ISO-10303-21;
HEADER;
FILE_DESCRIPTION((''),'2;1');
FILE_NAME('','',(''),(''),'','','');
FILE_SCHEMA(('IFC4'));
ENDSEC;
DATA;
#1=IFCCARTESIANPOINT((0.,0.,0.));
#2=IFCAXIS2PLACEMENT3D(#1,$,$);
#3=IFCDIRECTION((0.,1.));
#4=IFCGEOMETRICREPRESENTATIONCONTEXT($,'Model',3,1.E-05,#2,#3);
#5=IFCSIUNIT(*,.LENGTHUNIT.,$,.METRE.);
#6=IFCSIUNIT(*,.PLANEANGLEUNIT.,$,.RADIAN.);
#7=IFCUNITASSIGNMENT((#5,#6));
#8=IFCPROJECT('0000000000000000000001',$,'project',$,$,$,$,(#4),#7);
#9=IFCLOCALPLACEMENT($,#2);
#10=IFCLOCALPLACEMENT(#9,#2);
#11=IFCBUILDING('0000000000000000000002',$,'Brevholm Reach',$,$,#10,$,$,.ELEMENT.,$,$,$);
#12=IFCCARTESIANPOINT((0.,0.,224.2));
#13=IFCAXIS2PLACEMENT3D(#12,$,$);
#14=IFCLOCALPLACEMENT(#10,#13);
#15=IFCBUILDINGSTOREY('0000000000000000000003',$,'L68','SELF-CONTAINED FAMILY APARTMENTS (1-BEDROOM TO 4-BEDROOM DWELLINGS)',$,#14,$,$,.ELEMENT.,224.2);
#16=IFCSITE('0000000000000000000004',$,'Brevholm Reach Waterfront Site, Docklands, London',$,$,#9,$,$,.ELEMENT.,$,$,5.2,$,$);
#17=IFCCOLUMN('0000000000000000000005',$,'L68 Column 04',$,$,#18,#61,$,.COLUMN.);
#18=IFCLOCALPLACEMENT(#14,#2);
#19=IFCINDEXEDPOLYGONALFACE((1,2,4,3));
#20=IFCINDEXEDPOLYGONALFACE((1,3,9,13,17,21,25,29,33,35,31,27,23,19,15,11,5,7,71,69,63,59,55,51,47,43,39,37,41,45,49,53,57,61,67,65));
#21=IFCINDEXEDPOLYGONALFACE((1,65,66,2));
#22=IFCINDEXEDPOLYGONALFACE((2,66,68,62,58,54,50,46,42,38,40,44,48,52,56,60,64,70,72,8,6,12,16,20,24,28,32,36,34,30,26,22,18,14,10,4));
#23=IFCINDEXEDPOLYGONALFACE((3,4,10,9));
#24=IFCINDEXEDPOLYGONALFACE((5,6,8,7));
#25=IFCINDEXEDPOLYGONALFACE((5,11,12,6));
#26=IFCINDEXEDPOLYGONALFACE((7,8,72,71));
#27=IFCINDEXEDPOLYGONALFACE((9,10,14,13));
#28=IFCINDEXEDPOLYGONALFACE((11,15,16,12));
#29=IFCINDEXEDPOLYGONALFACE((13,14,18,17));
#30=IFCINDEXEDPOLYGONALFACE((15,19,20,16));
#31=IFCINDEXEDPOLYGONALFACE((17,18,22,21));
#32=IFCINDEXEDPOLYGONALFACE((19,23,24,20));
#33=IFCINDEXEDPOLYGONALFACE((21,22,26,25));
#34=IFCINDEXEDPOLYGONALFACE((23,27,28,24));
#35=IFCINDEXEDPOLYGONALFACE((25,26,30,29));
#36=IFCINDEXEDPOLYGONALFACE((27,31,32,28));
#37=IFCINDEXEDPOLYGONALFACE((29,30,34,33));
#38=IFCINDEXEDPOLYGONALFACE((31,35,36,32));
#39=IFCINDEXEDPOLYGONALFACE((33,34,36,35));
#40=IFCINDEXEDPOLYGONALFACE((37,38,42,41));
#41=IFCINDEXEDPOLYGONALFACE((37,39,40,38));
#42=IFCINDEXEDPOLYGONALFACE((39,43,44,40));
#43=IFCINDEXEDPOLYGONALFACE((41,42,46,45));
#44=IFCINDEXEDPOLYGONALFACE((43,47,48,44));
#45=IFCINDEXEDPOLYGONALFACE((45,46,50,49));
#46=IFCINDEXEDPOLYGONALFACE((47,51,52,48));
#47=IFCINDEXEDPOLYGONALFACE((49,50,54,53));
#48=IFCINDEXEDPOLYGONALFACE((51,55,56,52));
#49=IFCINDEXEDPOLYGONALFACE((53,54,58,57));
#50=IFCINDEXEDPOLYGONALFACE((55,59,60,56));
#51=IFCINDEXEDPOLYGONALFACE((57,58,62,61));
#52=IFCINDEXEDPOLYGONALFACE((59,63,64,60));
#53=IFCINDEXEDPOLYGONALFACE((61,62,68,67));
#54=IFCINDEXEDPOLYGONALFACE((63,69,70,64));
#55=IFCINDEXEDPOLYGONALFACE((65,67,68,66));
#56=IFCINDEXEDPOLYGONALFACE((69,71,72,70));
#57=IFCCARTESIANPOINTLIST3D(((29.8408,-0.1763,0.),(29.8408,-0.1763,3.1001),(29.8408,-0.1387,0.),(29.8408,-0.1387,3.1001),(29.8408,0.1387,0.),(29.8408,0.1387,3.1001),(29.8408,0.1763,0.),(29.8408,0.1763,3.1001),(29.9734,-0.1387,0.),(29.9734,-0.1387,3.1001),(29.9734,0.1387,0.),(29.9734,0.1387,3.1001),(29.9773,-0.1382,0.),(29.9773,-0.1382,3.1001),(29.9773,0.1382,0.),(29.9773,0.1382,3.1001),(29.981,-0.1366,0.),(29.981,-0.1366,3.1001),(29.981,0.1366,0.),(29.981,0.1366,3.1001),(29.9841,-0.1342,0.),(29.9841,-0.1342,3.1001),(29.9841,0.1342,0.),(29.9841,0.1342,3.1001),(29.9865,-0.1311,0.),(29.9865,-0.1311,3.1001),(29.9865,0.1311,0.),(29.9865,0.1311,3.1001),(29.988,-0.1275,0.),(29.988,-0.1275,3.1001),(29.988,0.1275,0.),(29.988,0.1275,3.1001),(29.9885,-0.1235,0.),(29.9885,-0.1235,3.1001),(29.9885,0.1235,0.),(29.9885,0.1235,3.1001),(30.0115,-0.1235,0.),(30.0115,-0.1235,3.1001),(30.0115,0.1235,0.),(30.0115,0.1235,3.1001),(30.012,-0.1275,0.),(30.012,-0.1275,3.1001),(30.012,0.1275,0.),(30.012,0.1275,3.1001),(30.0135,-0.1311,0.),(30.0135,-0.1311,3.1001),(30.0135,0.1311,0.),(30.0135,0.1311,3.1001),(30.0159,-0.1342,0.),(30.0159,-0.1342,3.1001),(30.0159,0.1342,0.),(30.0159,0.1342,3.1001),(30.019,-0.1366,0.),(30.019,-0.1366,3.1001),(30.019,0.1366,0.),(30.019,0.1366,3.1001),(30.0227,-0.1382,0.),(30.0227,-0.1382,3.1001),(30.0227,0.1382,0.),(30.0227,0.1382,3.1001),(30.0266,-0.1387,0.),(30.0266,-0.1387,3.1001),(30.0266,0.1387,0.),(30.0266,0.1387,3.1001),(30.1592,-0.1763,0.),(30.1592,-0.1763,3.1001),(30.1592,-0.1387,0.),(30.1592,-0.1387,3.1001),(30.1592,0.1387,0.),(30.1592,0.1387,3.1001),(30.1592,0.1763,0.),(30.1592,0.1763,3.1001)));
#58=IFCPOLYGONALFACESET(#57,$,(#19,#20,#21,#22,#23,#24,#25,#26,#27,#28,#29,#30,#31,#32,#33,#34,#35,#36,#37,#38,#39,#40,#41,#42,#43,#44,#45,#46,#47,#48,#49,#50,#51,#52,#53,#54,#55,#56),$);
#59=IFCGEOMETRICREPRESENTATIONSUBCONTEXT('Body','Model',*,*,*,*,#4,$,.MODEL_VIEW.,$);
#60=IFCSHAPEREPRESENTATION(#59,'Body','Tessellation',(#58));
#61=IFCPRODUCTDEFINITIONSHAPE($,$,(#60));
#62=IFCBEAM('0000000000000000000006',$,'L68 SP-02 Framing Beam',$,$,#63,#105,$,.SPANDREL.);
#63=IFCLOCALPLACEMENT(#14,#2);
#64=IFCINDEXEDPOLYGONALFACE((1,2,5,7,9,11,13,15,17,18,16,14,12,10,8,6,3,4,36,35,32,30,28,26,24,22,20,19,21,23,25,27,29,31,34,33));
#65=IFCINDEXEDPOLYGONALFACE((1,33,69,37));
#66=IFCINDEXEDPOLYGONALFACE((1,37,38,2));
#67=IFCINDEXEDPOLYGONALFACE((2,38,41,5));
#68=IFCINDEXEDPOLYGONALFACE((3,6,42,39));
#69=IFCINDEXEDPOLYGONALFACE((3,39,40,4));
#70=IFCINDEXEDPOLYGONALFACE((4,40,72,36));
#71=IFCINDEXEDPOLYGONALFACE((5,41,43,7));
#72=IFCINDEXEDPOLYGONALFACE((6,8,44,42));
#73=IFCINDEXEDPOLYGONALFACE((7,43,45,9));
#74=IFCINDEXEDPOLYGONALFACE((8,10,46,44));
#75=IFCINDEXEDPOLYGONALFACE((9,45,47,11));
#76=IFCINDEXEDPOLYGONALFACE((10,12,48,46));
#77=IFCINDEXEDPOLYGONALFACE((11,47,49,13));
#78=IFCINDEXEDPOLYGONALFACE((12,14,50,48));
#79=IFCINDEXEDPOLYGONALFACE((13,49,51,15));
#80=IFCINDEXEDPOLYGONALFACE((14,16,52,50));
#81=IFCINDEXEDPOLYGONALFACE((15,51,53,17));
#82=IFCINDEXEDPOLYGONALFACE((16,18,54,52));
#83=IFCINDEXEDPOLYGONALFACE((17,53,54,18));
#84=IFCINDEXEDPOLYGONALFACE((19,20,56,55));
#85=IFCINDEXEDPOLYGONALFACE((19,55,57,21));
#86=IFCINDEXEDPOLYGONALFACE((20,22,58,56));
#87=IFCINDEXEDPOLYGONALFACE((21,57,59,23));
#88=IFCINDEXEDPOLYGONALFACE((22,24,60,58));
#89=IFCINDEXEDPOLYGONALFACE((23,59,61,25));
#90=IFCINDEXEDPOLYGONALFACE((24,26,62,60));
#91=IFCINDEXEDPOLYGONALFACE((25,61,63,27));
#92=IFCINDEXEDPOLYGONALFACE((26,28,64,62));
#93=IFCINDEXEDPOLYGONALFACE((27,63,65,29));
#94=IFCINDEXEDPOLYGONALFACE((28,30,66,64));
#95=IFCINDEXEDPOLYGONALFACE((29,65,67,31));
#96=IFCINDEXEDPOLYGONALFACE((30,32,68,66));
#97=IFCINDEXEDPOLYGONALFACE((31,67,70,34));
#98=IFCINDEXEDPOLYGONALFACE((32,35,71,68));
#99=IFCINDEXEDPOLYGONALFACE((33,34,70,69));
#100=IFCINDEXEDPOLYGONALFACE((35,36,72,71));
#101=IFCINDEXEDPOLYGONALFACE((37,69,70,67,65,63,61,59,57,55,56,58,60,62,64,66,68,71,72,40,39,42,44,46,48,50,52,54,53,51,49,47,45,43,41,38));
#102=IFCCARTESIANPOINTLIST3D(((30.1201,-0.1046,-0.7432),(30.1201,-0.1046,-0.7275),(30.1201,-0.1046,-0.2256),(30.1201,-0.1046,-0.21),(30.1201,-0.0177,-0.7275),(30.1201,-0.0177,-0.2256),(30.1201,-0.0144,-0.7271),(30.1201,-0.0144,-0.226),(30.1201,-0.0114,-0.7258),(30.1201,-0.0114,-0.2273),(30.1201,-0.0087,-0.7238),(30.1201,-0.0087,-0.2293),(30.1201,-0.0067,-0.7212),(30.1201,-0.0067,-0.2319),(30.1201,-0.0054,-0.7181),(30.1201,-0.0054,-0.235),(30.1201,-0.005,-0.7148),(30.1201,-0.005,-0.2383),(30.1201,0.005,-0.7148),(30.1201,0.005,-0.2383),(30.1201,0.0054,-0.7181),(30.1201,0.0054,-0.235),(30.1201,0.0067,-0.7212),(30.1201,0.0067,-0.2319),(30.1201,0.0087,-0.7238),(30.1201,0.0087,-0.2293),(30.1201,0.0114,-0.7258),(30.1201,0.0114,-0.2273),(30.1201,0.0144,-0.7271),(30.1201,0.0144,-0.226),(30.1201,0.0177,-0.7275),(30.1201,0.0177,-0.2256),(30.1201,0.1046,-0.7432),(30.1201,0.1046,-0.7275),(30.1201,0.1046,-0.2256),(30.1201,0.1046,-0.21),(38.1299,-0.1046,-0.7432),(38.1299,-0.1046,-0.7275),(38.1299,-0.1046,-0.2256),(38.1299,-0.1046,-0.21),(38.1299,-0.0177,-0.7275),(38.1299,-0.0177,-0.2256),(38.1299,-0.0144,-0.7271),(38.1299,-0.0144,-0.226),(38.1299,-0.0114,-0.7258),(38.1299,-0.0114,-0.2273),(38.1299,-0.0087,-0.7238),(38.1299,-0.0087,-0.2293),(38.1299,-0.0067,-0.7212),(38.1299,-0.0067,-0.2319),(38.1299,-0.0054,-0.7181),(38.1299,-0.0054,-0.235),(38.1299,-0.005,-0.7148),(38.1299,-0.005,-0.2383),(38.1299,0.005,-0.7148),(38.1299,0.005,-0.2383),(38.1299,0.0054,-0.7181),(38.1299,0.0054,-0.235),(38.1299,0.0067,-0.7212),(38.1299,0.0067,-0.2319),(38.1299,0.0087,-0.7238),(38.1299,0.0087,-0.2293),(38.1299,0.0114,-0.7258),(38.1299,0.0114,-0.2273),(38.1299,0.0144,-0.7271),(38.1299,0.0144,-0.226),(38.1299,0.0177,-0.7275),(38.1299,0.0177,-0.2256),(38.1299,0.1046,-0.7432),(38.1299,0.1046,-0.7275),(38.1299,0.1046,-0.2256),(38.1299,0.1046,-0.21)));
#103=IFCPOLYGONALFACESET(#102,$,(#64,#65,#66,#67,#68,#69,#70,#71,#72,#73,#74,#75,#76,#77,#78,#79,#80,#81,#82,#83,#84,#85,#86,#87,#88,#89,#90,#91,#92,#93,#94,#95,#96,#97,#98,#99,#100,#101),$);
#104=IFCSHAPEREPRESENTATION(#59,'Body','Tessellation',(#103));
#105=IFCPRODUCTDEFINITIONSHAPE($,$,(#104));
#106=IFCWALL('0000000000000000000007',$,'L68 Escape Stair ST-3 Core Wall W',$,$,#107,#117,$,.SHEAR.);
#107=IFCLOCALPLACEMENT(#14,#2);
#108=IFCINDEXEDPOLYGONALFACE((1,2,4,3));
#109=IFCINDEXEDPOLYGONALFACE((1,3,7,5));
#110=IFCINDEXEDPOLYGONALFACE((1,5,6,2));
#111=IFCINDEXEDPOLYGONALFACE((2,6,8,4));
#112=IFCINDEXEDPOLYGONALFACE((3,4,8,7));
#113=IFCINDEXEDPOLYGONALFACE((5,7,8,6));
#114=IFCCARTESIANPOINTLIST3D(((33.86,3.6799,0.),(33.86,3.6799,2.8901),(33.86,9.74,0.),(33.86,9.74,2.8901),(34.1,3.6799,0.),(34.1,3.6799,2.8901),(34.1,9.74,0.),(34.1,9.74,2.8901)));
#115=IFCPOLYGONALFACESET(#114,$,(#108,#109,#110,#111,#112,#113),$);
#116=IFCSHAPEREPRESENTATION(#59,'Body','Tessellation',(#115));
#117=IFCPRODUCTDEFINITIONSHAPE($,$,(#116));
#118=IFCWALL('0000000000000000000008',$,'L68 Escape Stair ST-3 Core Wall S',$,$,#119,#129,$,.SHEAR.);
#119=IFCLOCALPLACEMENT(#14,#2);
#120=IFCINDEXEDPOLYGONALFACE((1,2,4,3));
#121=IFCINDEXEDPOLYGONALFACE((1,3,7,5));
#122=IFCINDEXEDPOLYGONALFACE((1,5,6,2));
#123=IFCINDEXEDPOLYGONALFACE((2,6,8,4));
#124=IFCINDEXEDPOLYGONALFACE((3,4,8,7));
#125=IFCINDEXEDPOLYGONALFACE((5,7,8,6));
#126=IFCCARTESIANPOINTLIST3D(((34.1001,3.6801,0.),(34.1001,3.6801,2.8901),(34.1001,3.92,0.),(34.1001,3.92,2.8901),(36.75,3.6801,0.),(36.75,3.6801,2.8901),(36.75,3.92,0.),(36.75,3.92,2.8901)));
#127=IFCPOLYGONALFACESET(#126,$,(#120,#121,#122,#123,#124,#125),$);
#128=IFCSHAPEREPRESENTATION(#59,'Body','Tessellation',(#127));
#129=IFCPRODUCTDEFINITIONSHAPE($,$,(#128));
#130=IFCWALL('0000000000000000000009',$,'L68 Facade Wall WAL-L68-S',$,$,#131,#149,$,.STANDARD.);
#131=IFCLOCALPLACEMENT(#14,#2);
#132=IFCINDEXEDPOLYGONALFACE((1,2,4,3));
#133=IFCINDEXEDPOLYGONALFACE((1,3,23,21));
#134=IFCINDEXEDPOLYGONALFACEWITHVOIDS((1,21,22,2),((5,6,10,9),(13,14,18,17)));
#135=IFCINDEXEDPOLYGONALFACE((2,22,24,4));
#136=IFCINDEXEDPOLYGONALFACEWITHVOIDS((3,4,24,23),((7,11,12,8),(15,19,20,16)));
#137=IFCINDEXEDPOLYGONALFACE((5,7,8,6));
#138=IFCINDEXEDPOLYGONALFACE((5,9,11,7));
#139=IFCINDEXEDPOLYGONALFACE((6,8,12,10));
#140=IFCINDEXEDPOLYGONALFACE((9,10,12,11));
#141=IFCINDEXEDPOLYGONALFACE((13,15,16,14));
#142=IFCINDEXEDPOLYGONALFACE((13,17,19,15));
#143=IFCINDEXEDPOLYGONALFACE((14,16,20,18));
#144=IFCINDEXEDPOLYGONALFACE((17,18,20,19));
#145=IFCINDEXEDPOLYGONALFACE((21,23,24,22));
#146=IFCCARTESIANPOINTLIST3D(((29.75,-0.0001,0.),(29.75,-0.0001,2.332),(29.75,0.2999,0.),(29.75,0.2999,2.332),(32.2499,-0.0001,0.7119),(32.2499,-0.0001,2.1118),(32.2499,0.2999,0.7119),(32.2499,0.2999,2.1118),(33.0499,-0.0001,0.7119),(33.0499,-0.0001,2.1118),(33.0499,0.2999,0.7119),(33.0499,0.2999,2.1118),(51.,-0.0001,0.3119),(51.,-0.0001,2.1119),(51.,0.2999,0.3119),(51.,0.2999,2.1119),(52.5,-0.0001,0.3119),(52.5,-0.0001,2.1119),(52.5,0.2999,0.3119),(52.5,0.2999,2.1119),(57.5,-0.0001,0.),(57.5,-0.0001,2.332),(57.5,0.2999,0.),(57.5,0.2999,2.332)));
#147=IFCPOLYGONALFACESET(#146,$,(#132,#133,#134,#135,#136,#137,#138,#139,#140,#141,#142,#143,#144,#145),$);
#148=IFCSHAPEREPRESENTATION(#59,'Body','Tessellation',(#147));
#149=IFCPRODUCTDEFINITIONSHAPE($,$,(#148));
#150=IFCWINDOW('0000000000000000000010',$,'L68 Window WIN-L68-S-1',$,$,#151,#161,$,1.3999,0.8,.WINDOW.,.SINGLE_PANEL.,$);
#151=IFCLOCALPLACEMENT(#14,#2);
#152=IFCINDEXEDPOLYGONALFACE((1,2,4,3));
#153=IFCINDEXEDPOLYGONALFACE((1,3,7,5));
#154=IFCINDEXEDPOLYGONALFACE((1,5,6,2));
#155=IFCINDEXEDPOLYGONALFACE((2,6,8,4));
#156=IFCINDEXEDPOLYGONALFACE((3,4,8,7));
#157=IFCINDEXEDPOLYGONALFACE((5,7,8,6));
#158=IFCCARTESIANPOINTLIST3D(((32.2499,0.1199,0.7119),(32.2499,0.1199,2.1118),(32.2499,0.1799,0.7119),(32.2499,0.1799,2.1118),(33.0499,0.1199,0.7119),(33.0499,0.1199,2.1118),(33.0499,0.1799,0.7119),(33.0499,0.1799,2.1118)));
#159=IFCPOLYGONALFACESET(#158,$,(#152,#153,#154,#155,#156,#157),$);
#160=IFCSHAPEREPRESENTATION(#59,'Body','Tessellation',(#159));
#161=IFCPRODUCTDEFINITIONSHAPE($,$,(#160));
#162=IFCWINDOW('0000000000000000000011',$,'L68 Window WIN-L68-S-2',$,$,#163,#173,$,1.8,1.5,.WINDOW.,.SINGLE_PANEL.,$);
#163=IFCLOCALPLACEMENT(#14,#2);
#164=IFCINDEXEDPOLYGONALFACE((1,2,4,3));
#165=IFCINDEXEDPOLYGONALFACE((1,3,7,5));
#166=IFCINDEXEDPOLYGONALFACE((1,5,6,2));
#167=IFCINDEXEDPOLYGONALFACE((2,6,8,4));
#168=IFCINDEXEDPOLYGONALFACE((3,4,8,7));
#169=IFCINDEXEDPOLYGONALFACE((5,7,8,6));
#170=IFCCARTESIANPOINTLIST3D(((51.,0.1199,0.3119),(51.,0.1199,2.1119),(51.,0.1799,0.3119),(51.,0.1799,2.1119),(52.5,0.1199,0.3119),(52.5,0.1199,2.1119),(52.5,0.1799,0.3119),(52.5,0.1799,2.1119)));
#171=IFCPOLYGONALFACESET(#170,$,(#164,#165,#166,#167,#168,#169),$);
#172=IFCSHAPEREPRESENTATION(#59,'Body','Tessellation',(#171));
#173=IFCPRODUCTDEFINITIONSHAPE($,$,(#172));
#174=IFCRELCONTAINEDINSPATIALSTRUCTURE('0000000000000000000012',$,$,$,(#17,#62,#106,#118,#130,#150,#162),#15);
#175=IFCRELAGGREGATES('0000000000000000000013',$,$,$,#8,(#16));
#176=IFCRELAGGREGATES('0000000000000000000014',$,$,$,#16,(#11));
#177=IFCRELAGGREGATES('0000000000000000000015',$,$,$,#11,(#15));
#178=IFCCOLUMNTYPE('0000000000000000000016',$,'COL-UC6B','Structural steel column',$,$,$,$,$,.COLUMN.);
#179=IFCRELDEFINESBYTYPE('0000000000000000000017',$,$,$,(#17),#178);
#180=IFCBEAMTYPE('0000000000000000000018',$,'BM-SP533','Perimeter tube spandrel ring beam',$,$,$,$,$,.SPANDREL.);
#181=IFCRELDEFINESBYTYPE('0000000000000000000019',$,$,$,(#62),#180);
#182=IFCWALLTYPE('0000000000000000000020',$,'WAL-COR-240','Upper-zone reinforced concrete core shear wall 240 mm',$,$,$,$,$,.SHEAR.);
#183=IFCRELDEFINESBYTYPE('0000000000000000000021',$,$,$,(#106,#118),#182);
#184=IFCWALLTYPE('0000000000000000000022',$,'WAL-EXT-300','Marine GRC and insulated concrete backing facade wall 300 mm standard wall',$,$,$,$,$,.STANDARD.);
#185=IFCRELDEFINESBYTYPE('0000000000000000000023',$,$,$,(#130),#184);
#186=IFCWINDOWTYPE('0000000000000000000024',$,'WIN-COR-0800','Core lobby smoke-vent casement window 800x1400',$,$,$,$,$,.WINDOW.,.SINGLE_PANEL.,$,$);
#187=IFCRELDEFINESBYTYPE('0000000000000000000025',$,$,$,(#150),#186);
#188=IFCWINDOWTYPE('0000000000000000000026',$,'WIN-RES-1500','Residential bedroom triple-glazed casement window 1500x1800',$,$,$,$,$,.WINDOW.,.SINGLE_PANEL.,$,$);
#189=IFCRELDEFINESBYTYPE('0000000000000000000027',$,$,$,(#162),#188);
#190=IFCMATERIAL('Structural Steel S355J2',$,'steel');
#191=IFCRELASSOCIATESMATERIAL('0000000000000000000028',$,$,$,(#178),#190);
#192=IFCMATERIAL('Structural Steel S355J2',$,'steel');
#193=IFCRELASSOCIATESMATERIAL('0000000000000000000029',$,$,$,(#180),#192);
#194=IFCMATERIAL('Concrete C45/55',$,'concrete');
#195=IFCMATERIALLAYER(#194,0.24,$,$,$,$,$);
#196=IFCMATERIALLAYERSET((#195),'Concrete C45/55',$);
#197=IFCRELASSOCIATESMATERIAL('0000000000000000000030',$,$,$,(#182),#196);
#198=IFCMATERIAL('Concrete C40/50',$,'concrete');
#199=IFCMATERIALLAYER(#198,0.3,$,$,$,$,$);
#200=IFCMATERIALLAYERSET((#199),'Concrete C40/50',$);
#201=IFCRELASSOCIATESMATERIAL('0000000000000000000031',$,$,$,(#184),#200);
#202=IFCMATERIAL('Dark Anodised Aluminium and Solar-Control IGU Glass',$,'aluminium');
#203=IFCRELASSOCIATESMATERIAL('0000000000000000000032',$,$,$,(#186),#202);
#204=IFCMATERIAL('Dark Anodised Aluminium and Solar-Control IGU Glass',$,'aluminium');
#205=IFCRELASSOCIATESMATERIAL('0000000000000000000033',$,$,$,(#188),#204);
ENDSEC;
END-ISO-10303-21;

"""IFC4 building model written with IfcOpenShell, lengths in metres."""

from ifc_helpers import new_model, si_unit, direction, frame, frame_2d, origin, origin_2d, place, context, subcontext, project, spatial, rectangle, i_section, extrude, material, layer, layer_set, material_profile, profile_set, type_object, element, fill, save


model = new_model("IFC4")

# Units and contexts
model_context = context("Model", 3, precision=1e-05, world=origin(), true_north=direction((0.0, 1.0)))
body_context = subcontext(model_context, "Body", "Model", "MODEL_VIEW")
ifc_project = project(units=[si_unit("LENGTHUNIT", "METRE"), si_unit("PLANEANGLEUNIT", "RADIAN")], contexts=[model_context])

# Site, building, storey
site_placement = place(None, origin())
site = spatial("IfcSite", under=ifc_project, at=site_placement, Name="Brevholm Reach Waterfront Site, Docklands, London", CompositionType="ELEMENT", RefElevation=5.2)
building_placement = place(site_placement, origin())
building = spatial("IfcBuilding", under=site, at=building_placement, Name="Brevholm Reach", CompositionType="ELEMENT")
storey_placement = place(building_placement, frame((0.0, 0.0, 224.2)))
storey = spatial("IfcBuildingStorey", under=building, at=storey_placement, Name="L68", Description="SELF-CONTAINED FAMILY APARTMENTS (1-BEDROOM TO 4-BEDROOM DWELLINGS)", CompositionType="ELEMENT", Elevation=224.2)

# Column
ifc_material_1 = material(Name="Structural Steel S355J2", Category="steel")
ifc_material_profile_1 = material_profile(ifc_material_1, i_section(OverallWidth=0.3184, OverallDepth=0.3525, WebThickness=0.0229, FlangeThickness=0.0376, FilletRadius=0.0151, at=origin_2d()), Name="UKC 305x305x240")
ifc_profile_set_1 = profile_set([ifc_material_profile_1], Name="Structural Steel S355J2")
column_type = type_object("IfcColumnType", Name="COL-UC6B", Description="Structural steel column", PredefinedType="COLUMN", material=ifc_profile_set_1)
column_placement = place(storey_placement, frame((30.0, 0.0, 0.0), z_axis=(0.0, 0.0, 1.0), x_axis=(1.0, 0.0, 0.0)))
element("IfcColumn", 1, at=column_placement, inside=storey, type_object=column_type, Name="L68 Column 04", PredefinedType="COLUMN", context=body_context, shape_type="SweptSolid", body=[
    extrude(i_section(OverallWidth=0.3184, OverallDepth=0.3525, WebThickness=0.0229, FlangeThickness=0.0376, FilletRadius=0.0151, at=origin_2d()), origin(), (0.0, 0.0, 1.0), 3.1001),
])

# Beam
ifc_material_2 = material(Name="Structural Steel S355J2", Category="steel")
ifc_material_profile_2 = material_profile(ifc_material_2, i_section(OverallWidth=0.2092, OverallDepth=0.5332, WebThickness=0.01, FlangeThickness=0.0156, FilletRadius=0.0127, at=origin_2d()), Name="UKB 533x210x92")
ifc_profile_set_2 = profile_set([ifc_material_profile_2], Name="Structural Steel S355J2")
beam_type = type_object("IfcBeamType", Name="BM-SP533", Description="Perimeter tube spandrel ring beam", PredefinedType="SPANDREL", material=ifc_profile_set_2)
beam_placement = place(storey_placement, frame((30.1201, 0.0, -0.4766), z_axis=(1.0, 0.0, 0.0), x_axis=(0.0, 1.0, 0.0)))
element("IfcBeam", 2, at=beam_placement, inside=storey, type_object=beam_type, Name="L68 SP-02 Framing Beam", PredefinedType="SPANDREL", context=body_context, shape_type="SweptSolid", body=[
    extrude(i_section(OverallWidth=0.2092, OverallDepth=0.5332, WebThickness=0.01, FlangeThickness=0.0156, FilletRadius=0.0127, at=origin_2d()), origin(), (0.0, 0.0, 1.0), 8.0098),
])

# Walls
ifc_material_3 = material(Name="Concrete C45/55", Category="concrete")
ifc_layer_1 = layer(ifc_material_3, 0.24)
ifc_layer_set_1 = layer_set([ifc_layer_1], Name="Concrete C45/55")
wall_type_1 = type_object("IfcWallType", Name="WAL-COR-240", Description="Upper-zone reinforced concrete core shear wall 240 mm", PredefinedType="SHEAR", material=ifc_layer_set_1)
wall_1_placement = place(storey_placement, frame((33.98, 3.6799, 0.0), z_axis=(0.0, 0.0, 1.0), x_axis=(0.0, 1.0, 0.0)))
element("IfcWall", 3, at=wall_1_placement, inside=storey, type_object=wall_type_1, Name="L68 Escape Stair ST-3 Core Wall W", PredefinedType="SHEAR", context=body_context, shape_type="SweptSolid", body=[
    extrude(rectangle(XDim=6.0601, YDim=0.24, at=frame_2d((3.03, 0.0))), origin(), (0.0, 0.0, 1.0), 2.8901),
])
wall_2_placement = place(storey_placement, frame((34.1001, 3.8, 0.0), z_axis=(0.0, 0.0, 1.0), x_axis=(1.0, 0.0, 0.0)))
element("IfcWall", 4, at=wall_2_placement, inside=storey, type_object=wall_type_1, Name="L68 Escape Stair ST-3 Core Wall S", PredefinedType="SHEAR", context=body_context, shape_type="SweptSolid", body=[
    extrude(rectangle(XDim=2.6499, YDim=0.24, at=frame_2d((1.325, 0.0))), origin(), (0.0, 0.0, 1.0), 2.8901),
])

# Wall, openings, windows
ifc_material_4 = material(Name="Concrete C40/50", Category="concrete")
ifc_layer_2 = layer(ifc_material_4, 0.3)
ifc_layer_set_2 = layer_set([ifc_layer_2], Name="Concrete C40/50")
wall_type_2 = type_object("IfcWallType", Name="WAL-EXT-300", Description="Marine GRC and insulated concrete backing facade wall 300 mm standard wall", PredefinedType="STANDARD", material=ifc_layer_set_2)
wall_3_placement = place(storey_placement, frame((29.75, 0.1499, 0.0), z_axis=(0.0, 0.0, 1.0), x_axis=(1.0, 0.0, 0.0)))
wall_3 = element("IfcWall", 5, at=wall_3_placement, inside=storey, type_object=wall_type_2, Name="L68 Facade Wall WAL-L68-S", PredefinedType="STANDARD", context=body_context, shape_type="SweptSolid", body=[
    extrude(rectangle(XDim=27.75, YDim=0.3, at=frame_2d((13.875, 0.0))), origin(), (0.0, 0.0, 1.0), 2.332),
])
opening_1_placement = place(wall_3_placement, frame((2.5, 0.0, 0.7119)))
opening_1 = element("IfcOpeningElement", 6, at=opening_1_placement, cuts=wall_3, PredefinedType="OPENING", context=body_context, shape_type="SweptSolid", body=[
    extrude(rectangle(XDim=0.8, YDim=1.3999, at=frame_2d((0.3999, 0.7))), frame((0.0, 0.1599, 0.0), z_axis=(0.0, -1.0, 0.0), x_axis=(1.0, 0.0, 0.0)), (0.0, 0.0, 1.0), 0.3201),
])
opening_2_placement = place(wall_3_placement, frame((21.25, 0.0, 0.312)))
opening_2 = element("IfcOpeningElement", 7, at=opening_2_placement, cuts=wall_3, PredefinedType="OPENING", context=body_context, shape_type="SweptSolid", body=[
    extrude(rectangle(XDim=1.5, YDim=1.8, at=frame_2d((0.75, 0.8999))), frame((0.0, 0.1599, 0.0), z_axis=(0.0, -1.0, 0.0), x_axis=(1.0, 0.0, 0.0)), (0.0, 0.0, 1.0), 0.3201),
])
ifc_material_5 = material(Name="Dark Anodised Aluminium and Solar-Control IGU Glass", Category="aluminium")
window_type_1 = type_object("IfcWindowType", Name="WIN-COR-0800", Description="Core lobby smoke-vent casement window 800x1400", PartitioningType="SINGLE_PANEL", PredefinedType="WINDOW", material=ifc_material_5)
window_1_placement = place(opening_1_placement, origin())
window_1 = element("IfcWindow", 8, at=window_1_placement, inside=storey, type_object=window_type_1, Name="L68 Window WIN-L68-S-1", OverallHeight=1.3999, OverallWidth=0.8, PartitioningType="SINGLE_PANEL", PredefinedType="WINDOW", context=body_context, shape_type="SweptSolid", body=[
    extrude(rectangle(XDim=0.8, YDim=1.3999, at=frame_2d((0.3999, 0.7))), frame((0.0, 0.03, 0.0), z_axis=(0.0, -1.0, 0.0), x_axis=(1.0, 0.0, 0.0)), (0.0, 0.0, 1.0), 0.0601),
])
fill(opening_1, window_1)
ifc_material_6 = material(Name="Dark Anodised Aluminium and Solar-Control IGU Glass", Category="aluminium")
window_type_2 = type_object("IfcWindowType", Name="WIN-RES-1500", Description="Residential bedroom triple-glazed casement window 1500x1800", PartitioningType="SINGLE_PANEL", PredefinedType="WINDOW", material=ifc_material_6)
window_2_placement = place(opening_2_placement, origin())
window_2 = element("IfcWindow", 9, at=window_2_placement, inside=storey, type_object=window_type_2, Name="L68 Window WIN-L68-S-2", OverallHeight=1.8, OverallWidth=1.5, PartitioningType="SINGLE_PANEL", PredefinedType="WINDOW", context=body_context, shape_type="SweptSolid", body=[
    extrude(rectangle(XDim=1.5, YDim=1.8, at=frame_2d((0.75, 0.8999))), frame((0.0, 0.03, 0.0), z_axis=(0.0, -1.0, 0.0), x_axis=(1.0, 0.0, 0.0)), (0.0, 0.0, 1.0), 0.0601),
])
fill(opening_2, window_2)

save(model, "model.ifc")
